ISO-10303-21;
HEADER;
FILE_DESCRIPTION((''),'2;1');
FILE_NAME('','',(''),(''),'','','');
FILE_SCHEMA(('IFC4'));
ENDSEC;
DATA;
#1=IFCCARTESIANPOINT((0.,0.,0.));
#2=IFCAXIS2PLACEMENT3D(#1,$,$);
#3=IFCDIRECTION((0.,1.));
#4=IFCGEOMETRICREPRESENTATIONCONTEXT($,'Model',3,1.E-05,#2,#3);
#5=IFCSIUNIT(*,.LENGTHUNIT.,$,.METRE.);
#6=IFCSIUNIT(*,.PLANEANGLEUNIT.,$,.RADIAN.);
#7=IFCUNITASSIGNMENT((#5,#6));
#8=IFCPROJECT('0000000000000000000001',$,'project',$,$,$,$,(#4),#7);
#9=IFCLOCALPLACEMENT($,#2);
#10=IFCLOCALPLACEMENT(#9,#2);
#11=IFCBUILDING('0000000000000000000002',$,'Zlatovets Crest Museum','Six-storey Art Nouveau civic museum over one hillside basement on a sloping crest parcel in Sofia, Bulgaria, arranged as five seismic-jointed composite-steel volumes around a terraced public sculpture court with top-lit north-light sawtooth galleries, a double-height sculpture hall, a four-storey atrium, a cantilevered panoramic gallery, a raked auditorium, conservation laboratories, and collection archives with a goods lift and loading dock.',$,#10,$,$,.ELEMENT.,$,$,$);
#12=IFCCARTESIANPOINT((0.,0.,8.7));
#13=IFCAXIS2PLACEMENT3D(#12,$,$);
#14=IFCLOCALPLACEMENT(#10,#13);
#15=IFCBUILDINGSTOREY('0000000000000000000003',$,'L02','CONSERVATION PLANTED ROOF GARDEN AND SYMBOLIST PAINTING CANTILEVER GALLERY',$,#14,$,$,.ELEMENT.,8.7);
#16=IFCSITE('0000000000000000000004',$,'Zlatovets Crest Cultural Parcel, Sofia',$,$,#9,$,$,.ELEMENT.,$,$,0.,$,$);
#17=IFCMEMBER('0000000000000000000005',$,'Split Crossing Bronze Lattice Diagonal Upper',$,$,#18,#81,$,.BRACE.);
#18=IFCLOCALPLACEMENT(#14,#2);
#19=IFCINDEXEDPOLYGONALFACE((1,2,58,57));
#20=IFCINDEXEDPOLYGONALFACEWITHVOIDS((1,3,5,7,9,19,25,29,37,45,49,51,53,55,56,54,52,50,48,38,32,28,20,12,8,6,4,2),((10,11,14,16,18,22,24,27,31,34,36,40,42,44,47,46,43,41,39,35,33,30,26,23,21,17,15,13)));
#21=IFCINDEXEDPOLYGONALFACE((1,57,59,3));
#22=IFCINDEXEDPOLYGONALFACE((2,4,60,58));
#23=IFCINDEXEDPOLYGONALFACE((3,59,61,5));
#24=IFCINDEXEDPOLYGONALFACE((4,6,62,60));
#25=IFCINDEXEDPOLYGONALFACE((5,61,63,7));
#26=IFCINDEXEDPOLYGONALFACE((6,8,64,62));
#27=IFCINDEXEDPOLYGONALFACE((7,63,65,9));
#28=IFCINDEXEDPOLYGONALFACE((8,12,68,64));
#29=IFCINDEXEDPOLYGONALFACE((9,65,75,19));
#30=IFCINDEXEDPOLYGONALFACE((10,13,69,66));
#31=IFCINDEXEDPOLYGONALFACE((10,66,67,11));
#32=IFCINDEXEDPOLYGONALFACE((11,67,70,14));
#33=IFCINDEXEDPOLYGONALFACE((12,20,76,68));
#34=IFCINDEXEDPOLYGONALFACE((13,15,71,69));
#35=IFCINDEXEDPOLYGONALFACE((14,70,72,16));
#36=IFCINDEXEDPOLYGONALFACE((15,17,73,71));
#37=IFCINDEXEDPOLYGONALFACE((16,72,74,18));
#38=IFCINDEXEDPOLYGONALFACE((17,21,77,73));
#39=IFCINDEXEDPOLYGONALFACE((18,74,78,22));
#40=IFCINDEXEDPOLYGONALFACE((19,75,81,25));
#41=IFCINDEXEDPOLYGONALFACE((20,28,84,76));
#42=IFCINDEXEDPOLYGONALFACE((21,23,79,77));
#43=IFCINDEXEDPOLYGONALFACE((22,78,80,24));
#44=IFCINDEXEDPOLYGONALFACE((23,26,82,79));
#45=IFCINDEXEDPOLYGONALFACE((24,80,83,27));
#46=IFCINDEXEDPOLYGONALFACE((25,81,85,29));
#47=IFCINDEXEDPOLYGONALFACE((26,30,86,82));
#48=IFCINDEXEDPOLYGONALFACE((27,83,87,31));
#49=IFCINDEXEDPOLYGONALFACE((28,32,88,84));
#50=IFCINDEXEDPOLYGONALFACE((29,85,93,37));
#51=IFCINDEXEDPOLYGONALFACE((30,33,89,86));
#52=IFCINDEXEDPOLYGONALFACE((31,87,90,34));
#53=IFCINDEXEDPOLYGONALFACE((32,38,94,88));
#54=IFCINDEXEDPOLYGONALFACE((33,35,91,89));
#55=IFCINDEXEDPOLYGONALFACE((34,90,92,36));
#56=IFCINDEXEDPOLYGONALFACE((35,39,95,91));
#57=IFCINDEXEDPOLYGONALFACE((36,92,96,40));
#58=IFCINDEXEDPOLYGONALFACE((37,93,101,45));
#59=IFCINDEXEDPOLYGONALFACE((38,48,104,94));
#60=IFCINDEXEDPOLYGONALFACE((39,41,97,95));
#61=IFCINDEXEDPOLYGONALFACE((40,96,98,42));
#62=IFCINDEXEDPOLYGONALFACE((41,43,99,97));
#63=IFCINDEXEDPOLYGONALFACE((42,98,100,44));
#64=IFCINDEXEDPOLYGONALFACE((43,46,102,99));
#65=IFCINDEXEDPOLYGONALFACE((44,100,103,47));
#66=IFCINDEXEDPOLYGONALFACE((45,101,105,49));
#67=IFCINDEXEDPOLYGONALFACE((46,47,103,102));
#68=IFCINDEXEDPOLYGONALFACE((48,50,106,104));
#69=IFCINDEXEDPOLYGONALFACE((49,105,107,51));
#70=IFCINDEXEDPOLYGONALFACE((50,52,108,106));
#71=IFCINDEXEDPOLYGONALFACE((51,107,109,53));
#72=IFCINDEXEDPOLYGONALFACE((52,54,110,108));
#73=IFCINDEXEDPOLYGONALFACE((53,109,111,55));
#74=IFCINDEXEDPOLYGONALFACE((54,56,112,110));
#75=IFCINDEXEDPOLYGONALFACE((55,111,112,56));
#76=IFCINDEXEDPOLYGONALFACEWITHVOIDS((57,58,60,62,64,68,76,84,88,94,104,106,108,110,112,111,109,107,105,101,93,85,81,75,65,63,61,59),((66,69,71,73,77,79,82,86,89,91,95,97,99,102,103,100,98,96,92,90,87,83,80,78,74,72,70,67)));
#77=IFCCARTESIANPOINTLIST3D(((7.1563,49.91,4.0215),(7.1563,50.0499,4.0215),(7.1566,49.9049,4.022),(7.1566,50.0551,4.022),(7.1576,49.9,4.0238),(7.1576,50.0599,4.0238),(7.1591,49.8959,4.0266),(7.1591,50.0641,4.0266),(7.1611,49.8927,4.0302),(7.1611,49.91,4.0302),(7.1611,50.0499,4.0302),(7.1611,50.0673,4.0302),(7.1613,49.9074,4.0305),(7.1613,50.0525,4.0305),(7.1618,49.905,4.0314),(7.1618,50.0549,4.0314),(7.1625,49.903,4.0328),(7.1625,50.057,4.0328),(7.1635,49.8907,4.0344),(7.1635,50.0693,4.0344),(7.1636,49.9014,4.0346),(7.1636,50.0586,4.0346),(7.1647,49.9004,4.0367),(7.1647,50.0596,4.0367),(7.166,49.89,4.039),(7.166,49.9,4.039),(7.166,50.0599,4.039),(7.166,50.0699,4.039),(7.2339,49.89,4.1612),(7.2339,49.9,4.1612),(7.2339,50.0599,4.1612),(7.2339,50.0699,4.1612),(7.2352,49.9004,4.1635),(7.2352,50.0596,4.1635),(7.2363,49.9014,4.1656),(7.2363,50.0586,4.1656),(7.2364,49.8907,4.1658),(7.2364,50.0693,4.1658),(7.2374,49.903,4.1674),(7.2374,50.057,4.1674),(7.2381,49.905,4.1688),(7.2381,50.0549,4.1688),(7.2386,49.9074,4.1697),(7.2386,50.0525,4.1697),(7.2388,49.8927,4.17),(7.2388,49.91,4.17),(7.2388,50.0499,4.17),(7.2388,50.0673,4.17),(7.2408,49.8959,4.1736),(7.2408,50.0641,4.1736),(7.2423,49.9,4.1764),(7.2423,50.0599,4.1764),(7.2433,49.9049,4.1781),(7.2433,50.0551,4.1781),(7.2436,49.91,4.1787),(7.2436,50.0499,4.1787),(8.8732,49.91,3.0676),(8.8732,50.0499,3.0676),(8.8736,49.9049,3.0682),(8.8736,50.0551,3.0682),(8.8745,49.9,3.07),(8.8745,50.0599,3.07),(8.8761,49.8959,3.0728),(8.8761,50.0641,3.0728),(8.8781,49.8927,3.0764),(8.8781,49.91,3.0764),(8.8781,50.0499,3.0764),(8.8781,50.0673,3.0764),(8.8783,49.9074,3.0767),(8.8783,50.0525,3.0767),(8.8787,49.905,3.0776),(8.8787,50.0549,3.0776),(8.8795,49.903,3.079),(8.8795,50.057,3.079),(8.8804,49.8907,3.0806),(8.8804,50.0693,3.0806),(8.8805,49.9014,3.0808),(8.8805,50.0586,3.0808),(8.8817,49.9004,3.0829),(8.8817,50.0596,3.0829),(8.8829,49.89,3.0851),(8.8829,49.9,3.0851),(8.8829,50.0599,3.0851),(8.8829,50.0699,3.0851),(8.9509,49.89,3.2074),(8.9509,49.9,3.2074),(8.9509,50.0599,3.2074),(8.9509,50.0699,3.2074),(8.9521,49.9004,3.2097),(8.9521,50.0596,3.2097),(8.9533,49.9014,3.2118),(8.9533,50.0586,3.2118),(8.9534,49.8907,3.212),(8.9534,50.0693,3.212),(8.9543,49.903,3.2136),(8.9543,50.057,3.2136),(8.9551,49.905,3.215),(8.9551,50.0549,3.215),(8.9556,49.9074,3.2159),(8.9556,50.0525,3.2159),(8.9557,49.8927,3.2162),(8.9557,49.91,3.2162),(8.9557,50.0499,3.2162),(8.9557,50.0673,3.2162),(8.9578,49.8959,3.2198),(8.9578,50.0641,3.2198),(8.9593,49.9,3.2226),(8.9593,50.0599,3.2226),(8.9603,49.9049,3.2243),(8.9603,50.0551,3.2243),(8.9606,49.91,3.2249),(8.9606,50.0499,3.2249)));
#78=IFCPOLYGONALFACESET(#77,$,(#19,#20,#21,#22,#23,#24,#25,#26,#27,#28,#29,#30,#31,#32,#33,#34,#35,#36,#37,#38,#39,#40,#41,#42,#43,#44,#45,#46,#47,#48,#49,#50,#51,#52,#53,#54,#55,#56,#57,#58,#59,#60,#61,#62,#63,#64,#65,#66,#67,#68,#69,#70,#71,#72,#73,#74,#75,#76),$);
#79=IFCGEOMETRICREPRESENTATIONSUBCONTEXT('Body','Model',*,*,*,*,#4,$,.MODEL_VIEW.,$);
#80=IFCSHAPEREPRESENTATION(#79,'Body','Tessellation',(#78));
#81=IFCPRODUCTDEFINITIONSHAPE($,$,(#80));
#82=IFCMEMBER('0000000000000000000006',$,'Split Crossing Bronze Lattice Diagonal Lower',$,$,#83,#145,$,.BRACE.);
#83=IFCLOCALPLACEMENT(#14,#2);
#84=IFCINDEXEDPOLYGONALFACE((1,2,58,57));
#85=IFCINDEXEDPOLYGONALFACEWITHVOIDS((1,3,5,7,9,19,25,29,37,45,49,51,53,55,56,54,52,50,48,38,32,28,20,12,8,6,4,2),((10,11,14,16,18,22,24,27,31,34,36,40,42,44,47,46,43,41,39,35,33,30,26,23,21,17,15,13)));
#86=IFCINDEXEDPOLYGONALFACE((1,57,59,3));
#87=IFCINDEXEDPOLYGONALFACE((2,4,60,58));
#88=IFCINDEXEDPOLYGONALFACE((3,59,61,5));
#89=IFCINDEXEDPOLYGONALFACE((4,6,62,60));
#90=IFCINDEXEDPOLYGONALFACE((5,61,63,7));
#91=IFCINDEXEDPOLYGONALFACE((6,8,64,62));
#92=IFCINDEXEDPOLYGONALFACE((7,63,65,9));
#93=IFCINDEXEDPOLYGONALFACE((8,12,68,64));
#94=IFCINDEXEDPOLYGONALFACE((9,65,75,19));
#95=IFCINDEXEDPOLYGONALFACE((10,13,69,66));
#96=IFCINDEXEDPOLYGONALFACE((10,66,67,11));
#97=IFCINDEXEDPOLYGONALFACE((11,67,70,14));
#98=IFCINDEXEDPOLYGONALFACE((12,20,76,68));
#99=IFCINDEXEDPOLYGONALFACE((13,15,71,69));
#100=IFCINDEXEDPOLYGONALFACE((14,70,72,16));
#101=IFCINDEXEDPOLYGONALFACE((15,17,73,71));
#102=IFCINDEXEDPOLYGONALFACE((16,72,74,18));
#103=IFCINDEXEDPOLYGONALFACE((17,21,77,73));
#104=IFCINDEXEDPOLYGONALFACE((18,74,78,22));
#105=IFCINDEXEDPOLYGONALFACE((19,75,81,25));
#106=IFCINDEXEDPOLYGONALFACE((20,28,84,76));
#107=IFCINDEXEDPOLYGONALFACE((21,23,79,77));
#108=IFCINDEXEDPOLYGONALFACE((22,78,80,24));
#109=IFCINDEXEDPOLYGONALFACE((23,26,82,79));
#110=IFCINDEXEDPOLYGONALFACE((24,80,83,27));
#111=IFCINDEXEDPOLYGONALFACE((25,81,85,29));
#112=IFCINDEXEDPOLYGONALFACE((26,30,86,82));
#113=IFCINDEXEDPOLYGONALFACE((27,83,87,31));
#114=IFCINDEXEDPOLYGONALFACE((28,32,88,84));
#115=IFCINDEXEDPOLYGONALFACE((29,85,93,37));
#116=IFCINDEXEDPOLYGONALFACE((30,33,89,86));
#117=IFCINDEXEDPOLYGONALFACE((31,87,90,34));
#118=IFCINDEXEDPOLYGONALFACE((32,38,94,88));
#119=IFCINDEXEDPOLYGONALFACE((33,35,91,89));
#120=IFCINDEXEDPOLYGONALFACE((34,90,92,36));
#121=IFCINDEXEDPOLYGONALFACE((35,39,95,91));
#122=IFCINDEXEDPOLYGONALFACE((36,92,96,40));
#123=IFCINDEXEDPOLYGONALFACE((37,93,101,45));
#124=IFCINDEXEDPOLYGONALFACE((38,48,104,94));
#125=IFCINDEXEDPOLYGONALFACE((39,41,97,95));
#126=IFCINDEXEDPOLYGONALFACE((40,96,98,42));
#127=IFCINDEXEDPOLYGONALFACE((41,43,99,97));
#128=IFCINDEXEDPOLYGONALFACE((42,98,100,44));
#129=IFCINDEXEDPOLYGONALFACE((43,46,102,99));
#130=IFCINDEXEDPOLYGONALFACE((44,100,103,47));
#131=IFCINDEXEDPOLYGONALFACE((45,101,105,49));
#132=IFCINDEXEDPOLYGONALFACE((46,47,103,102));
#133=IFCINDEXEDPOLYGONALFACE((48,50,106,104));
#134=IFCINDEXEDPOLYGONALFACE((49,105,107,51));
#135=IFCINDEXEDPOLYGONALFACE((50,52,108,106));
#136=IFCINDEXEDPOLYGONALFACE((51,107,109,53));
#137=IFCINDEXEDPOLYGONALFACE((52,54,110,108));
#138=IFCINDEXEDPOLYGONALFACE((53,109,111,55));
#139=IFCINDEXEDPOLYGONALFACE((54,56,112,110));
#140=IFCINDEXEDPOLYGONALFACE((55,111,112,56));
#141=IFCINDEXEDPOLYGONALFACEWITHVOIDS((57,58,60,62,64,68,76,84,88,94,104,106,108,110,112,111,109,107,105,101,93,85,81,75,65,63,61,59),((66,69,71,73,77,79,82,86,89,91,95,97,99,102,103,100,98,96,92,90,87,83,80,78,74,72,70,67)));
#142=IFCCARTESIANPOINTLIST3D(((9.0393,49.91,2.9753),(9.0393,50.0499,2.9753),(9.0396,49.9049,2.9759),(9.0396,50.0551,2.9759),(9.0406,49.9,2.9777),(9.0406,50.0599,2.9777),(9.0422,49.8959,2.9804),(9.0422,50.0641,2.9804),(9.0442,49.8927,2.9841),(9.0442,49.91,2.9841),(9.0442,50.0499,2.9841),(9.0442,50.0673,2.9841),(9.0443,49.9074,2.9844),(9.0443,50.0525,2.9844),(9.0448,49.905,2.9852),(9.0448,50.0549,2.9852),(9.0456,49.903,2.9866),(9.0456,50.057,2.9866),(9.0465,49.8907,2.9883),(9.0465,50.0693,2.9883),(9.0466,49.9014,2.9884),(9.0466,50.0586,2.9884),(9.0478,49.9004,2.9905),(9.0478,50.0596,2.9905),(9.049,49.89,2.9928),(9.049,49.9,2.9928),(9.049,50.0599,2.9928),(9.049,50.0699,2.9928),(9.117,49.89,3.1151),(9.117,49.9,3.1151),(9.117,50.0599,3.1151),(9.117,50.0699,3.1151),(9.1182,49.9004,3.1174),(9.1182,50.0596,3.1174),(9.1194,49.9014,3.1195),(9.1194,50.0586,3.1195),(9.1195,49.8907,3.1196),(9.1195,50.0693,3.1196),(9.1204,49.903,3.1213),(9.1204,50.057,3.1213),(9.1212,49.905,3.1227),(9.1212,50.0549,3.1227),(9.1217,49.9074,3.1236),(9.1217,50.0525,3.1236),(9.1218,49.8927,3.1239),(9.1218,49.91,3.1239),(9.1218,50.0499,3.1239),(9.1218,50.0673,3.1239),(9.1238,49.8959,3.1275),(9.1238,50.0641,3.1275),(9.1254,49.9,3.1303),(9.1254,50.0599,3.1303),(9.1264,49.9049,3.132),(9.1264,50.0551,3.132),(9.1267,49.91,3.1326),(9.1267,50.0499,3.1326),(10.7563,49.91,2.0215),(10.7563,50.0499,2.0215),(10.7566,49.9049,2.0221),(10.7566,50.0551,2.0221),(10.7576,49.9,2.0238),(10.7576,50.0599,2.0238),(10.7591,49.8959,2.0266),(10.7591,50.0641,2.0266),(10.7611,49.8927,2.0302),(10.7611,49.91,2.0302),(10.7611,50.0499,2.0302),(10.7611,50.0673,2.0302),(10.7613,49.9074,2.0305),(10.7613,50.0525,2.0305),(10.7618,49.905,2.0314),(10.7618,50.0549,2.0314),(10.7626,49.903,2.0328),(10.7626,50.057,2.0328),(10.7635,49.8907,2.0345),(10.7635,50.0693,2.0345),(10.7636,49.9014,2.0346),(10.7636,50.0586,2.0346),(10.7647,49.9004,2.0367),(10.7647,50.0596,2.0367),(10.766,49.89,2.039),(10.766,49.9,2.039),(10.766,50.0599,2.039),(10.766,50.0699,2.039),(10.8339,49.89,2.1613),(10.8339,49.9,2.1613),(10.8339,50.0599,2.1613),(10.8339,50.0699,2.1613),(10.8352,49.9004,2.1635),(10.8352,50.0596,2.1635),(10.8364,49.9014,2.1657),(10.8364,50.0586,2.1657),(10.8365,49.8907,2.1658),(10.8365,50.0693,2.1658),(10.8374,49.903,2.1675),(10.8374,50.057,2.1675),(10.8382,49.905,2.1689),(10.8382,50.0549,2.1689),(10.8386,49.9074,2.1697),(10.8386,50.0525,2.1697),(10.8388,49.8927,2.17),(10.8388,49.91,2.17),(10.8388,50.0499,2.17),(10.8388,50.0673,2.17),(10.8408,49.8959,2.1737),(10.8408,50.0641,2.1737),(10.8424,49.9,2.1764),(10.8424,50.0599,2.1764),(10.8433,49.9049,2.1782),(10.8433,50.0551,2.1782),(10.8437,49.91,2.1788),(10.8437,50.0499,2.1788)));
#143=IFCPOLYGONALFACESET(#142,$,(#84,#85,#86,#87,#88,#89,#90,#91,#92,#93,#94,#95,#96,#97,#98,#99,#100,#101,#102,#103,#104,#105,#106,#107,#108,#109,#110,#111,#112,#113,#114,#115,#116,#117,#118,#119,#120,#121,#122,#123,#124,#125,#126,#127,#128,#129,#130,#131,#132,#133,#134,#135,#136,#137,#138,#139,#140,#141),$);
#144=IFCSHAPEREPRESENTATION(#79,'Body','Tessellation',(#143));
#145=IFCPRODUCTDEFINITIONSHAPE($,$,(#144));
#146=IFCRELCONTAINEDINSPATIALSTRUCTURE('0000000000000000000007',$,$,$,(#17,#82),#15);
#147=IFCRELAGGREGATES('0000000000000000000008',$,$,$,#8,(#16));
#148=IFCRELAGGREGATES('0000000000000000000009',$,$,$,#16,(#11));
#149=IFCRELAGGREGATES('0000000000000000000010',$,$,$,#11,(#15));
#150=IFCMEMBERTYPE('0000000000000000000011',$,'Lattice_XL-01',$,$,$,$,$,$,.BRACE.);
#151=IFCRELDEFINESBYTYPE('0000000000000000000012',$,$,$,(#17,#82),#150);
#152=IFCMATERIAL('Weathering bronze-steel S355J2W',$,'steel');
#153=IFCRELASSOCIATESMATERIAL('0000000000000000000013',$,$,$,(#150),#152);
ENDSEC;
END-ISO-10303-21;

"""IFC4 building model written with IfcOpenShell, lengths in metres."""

from ifc_helpers import new_model, si_unit, direction, frame, origin, origin_2d, place, context, subcontext, project, spatial, hollow_rectangle, extrude, material, material_profile, profile_set, type_object, element, save


model = new_model("IFC4")

# Units and contexts
model_context = context("Model", 3, precision=1e-05, world=origin(), true_north=direction((0.0, 1.0)))
body_context = subcontext(model_context, "Body", "Model", "MODEL_VIEW")
ifc_project = project(units=[si_unit("LENGTHUNIT", "METRE"), si_unit("PLANEANGLEUNIT", "RADIAN")], contexts=[model_context])

# Site, building, storey
site_placement = place(None, origin())
site = spatial("IfcSite", under=ifc_project, at=site_placement, Name="Zlatovets Crest Cultural Parcel, Sofia", CompositionType="ELEMENT", RefElevation=0.0)
building_placement = place(site_placement, origin())
building = spatial("IfcBuilding", under=site, at=building_placement, Name="Zlatovets Crest Museum", Description="Six-storey Art Nouveau civic museum over one hillside basement on a sloping crest parcel in Sofia, Bulgaria, arranged as five seismic-jointed composite-steel volumes around a terraced public sculpture court with top-lit north-light sawtooth galleries, a double-height sculpture hall, a four-storey atrium, a cantilevered panoramic gallery, a raked auditorium, conservation laboratories, and collection archives with a goods lift and loading dock.", CompositionType="ELEMENT")
storey_placement = place(building_placement, frame((0.0, 0.0, 8.7)))
storey = spatial("IfcBuildingStorey", under=building, at=storey_placement, Name="L02", Description="CONSERVATION PLANTED ROOF GARDEN AND SYMBOLIST PAINTING CANTILEVER GALLERY", CompositionType="ELEMENT", Elevation=8.7)

# Members
ifc_material_1 = material(Name="Weathering bronze-steel S355J2W", Category="steel")
ifc_material_profile_1 = material_profile(ifc_material_1, hollow_rectangle(XDim=0.1799, YDim=0.1799, WallThickness=0.01, InnerFilletRadius=0.01, OuterFilletRadius=0.02, at=origin_2d()), Name="SHS 180x180x10.0")
ifc_profile_set_1 = profile_set([ifc_material_profile_1], Name="Weathering bronze-steel S355J2W")
member_type_1 = type_object("IfcMemberType", Name="Lattice_XL-01", PredefinedType="BRACE", material=ifc_profile_set_1)
for number, where, z_axis, x_axis, name in (
    (1, (7.2, 49.98, 4.1001), (0.874169, 0.0, -0.485622), (0.0, 1.0, 0.0), "Split Crossing Bronze Lattice Diagonal Upper"),
    (2, (9.083, 49.98, 3.054), (0.874169, 0.0, -0.485622), (0.0, 1.0, 0.0), "Split Crossing Bronze Lattice Diagonal Lower"),
):
    element("IfcMember", number, at=place(storey_placement, frame(where, z_axis=z_axis, x_axis=x_axis)), inside=storey, type_object=member_type_1, Name=name, PredefinedType="BRACE", context=body_context, shape_type="SweptSolid", body=[
        extrude(hollow_rectangle(XDim=0.1799, YDim=0.1799, WallThickness=0.01, InnerFilletRadius=0.01, OuterFilletRadius=0.02, at=origin_2d()), origin(), (0.0, 0.0, 1.0), 1.9641),
    ])

save(model, "model.ifc")
